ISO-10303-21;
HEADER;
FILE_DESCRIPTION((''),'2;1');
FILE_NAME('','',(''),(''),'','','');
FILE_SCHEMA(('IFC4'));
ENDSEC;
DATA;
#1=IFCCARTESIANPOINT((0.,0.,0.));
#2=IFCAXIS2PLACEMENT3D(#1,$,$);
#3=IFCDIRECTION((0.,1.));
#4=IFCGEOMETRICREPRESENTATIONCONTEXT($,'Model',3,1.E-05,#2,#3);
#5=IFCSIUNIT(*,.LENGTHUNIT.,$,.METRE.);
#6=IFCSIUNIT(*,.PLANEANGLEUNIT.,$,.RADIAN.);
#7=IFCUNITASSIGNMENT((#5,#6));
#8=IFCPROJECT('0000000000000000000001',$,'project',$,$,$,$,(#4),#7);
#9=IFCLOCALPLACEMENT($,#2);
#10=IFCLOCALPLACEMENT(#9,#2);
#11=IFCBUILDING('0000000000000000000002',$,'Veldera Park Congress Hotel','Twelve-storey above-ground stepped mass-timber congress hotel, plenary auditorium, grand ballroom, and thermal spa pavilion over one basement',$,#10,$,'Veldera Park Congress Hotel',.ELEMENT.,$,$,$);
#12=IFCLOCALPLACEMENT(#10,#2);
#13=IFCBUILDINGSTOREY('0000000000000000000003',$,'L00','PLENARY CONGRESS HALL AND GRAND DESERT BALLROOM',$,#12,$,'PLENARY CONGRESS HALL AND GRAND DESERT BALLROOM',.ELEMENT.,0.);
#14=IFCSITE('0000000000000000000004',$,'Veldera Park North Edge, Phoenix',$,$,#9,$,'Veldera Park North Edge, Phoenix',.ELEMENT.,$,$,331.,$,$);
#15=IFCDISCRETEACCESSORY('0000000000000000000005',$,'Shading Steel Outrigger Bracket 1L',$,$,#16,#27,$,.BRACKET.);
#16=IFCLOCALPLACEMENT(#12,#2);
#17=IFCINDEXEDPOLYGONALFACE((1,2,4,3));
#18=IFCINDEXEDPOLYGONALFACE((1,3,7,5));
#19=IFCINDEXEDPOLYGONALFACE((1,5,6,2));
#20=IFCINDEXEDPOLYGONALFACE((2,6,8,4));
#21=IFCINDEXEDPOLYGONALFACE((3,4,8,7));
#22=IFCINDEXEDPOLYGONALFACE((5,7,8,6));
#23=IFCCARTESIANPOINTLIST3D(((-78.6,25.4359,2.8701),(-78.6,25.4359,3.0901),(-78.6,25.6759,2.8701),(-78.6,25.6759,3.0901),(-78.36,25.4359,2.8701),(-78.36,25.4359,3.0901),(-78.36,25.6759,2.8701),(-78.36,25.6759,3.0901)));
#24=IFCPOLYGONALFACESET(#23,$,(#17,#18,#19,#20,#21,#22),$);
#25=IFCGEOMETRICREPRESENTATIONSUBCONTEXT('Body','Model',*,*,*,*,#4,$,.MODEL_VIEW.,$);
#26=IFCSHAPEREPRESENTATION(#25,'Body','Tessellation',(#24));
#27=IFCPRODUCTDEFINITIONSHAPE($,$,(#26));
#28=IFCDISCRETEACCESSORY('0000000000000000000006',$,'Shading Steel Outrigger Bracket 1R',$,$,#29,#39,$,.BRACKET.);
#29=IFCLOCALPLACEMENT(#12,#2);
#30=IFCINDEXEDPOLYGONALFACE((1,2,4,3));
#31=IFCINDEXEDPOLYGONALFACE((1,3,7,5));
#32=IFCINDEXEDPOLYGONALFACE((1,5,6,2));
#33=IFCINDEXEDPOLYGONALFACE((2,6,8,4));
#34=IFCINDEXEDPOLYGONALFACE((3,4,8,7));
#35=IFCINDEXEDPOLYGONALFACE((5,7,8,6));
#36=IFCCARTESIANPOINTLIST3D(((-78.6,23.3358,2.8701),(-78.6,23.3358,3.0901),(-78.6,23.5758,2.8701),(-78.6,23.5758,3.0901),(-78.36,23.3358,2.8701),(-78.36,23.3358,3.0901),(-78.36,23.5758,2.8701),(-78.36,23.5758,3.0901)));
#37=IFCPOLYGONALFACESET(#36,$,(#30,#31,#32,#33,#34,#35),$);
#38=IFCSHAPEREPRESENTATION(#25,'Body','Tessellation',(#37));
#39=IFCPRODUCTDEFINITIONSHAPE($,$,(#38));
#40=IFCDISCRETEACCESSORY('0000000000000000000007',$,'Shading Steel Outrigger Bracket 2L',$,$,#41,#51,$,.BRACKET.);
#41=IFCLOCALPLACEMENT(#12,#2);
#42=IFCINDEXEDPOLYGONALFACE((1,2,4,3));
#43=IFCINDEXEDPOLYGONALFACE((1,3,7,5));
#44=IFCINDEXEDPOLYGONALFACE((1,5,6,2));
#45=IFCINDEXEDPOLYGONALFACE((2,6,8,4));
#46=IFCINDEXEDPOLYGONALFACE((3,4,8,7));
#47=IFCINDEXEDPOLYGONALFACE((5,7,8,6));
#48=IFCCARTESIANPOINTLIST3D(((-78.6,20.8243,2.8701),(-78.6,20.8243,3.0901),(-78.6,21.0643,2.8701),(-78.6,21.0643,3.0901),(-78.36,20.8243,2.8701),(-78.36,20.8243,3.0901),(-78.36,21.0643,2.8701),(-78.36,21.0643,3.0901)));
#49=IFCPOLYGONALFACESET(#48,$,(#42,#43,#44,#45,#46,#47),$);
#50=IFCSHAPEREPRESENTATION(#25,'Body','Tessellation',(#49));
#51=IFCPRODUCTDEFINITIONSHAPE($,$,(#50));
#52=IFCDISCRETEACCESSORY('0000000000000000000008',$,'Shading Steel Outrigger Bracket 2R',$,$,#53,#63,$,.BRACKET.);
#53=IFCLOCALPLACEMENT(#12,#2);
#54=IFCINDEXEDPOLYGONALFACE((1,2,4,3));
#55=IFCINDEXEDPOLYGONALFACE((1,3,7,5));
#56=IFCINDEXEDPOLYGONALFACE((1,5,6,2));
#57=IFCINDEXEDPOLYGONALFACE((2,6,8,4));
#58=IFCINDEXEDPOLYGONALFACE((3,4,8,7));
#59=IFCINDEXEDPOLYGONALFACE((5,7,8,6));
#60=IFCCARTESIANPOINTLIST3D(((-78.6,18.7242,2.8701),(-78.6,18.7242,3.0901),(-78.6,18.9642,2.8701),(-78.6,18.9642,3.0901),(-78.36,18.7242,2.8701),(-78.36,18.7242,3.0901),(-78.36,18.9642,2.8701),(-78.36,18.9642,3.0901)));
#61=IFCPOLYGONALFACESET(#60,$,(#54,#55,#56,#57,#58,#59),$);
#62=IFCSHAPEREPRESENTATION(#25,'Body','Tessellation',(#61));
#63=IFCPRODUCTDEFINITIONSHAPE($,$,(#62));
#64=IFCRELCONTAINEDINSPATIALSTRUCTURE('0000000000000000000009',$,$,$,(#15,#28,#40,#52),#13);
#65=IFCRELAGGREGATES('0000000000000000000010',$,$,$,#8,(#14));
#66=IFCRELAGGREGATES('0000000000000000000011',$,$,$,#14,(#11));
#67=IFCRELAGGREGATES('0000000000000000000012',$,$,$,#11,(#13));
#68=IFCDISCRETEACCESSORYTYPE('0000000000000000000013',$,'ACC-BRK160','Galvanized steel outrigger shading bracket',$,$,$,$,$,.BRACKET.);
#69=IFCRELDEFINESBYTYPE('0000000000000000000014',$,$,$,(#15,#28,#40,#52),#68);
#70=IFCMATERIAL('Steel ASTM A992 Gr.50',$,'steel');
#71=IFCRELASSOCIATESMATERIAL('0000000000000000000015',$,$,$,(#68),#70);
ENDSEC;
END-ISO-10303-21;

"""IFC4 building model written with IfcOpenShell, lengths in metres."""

from ifc_helpers import new_model, si_unit, direction, frame, origin, origin_2d, place, context, subcontext, project, spatial, rectangle, extrude, material, type_object, element, save


model = new_model("IFC4")

# Units and contexts
model_context = context("Model", 3, precision=1e-05, world=origin(), true_north=direction((0.0, 1.0)))
body_context = subcontext(model_context, "Body", "Model", "MODEL_VIEW")
ifc_project = project(units=[si_unit("LENGTHUNIT", "METRE"), si_unit("PLANEANGLEUNIT", "RADIAN")], contexts=[model_context])

# Site, building, storey
site_placement = place(None, origin())
site = spatial("IfcSite", under=ifc_project, at=site_placement, Name="Veldera Park North Edge, Phoenix", LongName="Veldera Park North Edge, Phoenix", CompositionType="ELEMENT", RefElevation=331.0)
building_placement = place(site_placement, origin())
building = spatial("IfcBuilding", under=site, at=building_placement, Name="Veldera Park Congress Hotel", Description="Twelve-storey above-ground stepped mass-timber congress hotel, plenary auditorium, grand ballroom, and thermal spa pavilion over one basement", LongName="Veldera Park Congress Hotel", CompositionType="ELEMENT")
storey_placement = place(building_placement, origin())
storey = spatial("IfcBuildingStorey", under=building, at=storey_placement, Name="L00", Description="PLENARY CONGRESS HALL AND GRAND DESERT BALLROOM", LongName="PLENARY CONGRESS HALL AND GRAND DESERT BALLROOM", CompositionType="ELEMENT", Elevation=0.0)

# Shared definitions
ifc_material_1 = material(Name="Steel ASTM A992 Gr.50", Category="steel")

# Discrete accessories
discrete_accessory_type = type_object("IfcDiscreteAccessoryType", Name="ACC-BRK160", Description="Galvanized steel outrigger shading bracket", PredefinedType="BRACKET", material=ifc_material_1)
for number, where, z_axis, x_axis, name in (
    (1, (-78.48, 25.5559, 2.8701), (0.0, 0.0, 1.0), (0.0, -1.0, 0.0), "Shading Steel Outrigger Bracket 1L"),
    (2, (-78.48, 23.4558, 2.8701), (0.0, 0.0, 1.0), (0.0, -1.0, 0.0), "Shading Steel Outrigger Bracket 1R"),
    (3, (-78.48, 20.9443, 2.8701), (0.0, 0.0, 1.0), (0.0, -1.0, 0.0), "Shading Steel Outrigger Bracket 2L"),
    (4, (-78.48, 18.8442, 2.8701), (0.0, 0.0, 1.0), (0.0, -1.0, 0.0), "Shading Steel Outrigger Bracket 2R"),
):
    element("IfcDiscreteAccessory", number, at=place(storey_placement, frame(where, z_axis=z_axis, x_axis=x_axis)), inside=storey, type_object=discrete_accessory_type, Name=name, PredefinedType="BRACKET", context=body_context, shape_type="SweptSolid", body=[
        extrude(rectangle(XDim=0.24, YDim=0.24, at=origin_2d()), origin(), (0.0, 0.0, 1.0), 0.22),
    ])

save(model, "model.ifc")
